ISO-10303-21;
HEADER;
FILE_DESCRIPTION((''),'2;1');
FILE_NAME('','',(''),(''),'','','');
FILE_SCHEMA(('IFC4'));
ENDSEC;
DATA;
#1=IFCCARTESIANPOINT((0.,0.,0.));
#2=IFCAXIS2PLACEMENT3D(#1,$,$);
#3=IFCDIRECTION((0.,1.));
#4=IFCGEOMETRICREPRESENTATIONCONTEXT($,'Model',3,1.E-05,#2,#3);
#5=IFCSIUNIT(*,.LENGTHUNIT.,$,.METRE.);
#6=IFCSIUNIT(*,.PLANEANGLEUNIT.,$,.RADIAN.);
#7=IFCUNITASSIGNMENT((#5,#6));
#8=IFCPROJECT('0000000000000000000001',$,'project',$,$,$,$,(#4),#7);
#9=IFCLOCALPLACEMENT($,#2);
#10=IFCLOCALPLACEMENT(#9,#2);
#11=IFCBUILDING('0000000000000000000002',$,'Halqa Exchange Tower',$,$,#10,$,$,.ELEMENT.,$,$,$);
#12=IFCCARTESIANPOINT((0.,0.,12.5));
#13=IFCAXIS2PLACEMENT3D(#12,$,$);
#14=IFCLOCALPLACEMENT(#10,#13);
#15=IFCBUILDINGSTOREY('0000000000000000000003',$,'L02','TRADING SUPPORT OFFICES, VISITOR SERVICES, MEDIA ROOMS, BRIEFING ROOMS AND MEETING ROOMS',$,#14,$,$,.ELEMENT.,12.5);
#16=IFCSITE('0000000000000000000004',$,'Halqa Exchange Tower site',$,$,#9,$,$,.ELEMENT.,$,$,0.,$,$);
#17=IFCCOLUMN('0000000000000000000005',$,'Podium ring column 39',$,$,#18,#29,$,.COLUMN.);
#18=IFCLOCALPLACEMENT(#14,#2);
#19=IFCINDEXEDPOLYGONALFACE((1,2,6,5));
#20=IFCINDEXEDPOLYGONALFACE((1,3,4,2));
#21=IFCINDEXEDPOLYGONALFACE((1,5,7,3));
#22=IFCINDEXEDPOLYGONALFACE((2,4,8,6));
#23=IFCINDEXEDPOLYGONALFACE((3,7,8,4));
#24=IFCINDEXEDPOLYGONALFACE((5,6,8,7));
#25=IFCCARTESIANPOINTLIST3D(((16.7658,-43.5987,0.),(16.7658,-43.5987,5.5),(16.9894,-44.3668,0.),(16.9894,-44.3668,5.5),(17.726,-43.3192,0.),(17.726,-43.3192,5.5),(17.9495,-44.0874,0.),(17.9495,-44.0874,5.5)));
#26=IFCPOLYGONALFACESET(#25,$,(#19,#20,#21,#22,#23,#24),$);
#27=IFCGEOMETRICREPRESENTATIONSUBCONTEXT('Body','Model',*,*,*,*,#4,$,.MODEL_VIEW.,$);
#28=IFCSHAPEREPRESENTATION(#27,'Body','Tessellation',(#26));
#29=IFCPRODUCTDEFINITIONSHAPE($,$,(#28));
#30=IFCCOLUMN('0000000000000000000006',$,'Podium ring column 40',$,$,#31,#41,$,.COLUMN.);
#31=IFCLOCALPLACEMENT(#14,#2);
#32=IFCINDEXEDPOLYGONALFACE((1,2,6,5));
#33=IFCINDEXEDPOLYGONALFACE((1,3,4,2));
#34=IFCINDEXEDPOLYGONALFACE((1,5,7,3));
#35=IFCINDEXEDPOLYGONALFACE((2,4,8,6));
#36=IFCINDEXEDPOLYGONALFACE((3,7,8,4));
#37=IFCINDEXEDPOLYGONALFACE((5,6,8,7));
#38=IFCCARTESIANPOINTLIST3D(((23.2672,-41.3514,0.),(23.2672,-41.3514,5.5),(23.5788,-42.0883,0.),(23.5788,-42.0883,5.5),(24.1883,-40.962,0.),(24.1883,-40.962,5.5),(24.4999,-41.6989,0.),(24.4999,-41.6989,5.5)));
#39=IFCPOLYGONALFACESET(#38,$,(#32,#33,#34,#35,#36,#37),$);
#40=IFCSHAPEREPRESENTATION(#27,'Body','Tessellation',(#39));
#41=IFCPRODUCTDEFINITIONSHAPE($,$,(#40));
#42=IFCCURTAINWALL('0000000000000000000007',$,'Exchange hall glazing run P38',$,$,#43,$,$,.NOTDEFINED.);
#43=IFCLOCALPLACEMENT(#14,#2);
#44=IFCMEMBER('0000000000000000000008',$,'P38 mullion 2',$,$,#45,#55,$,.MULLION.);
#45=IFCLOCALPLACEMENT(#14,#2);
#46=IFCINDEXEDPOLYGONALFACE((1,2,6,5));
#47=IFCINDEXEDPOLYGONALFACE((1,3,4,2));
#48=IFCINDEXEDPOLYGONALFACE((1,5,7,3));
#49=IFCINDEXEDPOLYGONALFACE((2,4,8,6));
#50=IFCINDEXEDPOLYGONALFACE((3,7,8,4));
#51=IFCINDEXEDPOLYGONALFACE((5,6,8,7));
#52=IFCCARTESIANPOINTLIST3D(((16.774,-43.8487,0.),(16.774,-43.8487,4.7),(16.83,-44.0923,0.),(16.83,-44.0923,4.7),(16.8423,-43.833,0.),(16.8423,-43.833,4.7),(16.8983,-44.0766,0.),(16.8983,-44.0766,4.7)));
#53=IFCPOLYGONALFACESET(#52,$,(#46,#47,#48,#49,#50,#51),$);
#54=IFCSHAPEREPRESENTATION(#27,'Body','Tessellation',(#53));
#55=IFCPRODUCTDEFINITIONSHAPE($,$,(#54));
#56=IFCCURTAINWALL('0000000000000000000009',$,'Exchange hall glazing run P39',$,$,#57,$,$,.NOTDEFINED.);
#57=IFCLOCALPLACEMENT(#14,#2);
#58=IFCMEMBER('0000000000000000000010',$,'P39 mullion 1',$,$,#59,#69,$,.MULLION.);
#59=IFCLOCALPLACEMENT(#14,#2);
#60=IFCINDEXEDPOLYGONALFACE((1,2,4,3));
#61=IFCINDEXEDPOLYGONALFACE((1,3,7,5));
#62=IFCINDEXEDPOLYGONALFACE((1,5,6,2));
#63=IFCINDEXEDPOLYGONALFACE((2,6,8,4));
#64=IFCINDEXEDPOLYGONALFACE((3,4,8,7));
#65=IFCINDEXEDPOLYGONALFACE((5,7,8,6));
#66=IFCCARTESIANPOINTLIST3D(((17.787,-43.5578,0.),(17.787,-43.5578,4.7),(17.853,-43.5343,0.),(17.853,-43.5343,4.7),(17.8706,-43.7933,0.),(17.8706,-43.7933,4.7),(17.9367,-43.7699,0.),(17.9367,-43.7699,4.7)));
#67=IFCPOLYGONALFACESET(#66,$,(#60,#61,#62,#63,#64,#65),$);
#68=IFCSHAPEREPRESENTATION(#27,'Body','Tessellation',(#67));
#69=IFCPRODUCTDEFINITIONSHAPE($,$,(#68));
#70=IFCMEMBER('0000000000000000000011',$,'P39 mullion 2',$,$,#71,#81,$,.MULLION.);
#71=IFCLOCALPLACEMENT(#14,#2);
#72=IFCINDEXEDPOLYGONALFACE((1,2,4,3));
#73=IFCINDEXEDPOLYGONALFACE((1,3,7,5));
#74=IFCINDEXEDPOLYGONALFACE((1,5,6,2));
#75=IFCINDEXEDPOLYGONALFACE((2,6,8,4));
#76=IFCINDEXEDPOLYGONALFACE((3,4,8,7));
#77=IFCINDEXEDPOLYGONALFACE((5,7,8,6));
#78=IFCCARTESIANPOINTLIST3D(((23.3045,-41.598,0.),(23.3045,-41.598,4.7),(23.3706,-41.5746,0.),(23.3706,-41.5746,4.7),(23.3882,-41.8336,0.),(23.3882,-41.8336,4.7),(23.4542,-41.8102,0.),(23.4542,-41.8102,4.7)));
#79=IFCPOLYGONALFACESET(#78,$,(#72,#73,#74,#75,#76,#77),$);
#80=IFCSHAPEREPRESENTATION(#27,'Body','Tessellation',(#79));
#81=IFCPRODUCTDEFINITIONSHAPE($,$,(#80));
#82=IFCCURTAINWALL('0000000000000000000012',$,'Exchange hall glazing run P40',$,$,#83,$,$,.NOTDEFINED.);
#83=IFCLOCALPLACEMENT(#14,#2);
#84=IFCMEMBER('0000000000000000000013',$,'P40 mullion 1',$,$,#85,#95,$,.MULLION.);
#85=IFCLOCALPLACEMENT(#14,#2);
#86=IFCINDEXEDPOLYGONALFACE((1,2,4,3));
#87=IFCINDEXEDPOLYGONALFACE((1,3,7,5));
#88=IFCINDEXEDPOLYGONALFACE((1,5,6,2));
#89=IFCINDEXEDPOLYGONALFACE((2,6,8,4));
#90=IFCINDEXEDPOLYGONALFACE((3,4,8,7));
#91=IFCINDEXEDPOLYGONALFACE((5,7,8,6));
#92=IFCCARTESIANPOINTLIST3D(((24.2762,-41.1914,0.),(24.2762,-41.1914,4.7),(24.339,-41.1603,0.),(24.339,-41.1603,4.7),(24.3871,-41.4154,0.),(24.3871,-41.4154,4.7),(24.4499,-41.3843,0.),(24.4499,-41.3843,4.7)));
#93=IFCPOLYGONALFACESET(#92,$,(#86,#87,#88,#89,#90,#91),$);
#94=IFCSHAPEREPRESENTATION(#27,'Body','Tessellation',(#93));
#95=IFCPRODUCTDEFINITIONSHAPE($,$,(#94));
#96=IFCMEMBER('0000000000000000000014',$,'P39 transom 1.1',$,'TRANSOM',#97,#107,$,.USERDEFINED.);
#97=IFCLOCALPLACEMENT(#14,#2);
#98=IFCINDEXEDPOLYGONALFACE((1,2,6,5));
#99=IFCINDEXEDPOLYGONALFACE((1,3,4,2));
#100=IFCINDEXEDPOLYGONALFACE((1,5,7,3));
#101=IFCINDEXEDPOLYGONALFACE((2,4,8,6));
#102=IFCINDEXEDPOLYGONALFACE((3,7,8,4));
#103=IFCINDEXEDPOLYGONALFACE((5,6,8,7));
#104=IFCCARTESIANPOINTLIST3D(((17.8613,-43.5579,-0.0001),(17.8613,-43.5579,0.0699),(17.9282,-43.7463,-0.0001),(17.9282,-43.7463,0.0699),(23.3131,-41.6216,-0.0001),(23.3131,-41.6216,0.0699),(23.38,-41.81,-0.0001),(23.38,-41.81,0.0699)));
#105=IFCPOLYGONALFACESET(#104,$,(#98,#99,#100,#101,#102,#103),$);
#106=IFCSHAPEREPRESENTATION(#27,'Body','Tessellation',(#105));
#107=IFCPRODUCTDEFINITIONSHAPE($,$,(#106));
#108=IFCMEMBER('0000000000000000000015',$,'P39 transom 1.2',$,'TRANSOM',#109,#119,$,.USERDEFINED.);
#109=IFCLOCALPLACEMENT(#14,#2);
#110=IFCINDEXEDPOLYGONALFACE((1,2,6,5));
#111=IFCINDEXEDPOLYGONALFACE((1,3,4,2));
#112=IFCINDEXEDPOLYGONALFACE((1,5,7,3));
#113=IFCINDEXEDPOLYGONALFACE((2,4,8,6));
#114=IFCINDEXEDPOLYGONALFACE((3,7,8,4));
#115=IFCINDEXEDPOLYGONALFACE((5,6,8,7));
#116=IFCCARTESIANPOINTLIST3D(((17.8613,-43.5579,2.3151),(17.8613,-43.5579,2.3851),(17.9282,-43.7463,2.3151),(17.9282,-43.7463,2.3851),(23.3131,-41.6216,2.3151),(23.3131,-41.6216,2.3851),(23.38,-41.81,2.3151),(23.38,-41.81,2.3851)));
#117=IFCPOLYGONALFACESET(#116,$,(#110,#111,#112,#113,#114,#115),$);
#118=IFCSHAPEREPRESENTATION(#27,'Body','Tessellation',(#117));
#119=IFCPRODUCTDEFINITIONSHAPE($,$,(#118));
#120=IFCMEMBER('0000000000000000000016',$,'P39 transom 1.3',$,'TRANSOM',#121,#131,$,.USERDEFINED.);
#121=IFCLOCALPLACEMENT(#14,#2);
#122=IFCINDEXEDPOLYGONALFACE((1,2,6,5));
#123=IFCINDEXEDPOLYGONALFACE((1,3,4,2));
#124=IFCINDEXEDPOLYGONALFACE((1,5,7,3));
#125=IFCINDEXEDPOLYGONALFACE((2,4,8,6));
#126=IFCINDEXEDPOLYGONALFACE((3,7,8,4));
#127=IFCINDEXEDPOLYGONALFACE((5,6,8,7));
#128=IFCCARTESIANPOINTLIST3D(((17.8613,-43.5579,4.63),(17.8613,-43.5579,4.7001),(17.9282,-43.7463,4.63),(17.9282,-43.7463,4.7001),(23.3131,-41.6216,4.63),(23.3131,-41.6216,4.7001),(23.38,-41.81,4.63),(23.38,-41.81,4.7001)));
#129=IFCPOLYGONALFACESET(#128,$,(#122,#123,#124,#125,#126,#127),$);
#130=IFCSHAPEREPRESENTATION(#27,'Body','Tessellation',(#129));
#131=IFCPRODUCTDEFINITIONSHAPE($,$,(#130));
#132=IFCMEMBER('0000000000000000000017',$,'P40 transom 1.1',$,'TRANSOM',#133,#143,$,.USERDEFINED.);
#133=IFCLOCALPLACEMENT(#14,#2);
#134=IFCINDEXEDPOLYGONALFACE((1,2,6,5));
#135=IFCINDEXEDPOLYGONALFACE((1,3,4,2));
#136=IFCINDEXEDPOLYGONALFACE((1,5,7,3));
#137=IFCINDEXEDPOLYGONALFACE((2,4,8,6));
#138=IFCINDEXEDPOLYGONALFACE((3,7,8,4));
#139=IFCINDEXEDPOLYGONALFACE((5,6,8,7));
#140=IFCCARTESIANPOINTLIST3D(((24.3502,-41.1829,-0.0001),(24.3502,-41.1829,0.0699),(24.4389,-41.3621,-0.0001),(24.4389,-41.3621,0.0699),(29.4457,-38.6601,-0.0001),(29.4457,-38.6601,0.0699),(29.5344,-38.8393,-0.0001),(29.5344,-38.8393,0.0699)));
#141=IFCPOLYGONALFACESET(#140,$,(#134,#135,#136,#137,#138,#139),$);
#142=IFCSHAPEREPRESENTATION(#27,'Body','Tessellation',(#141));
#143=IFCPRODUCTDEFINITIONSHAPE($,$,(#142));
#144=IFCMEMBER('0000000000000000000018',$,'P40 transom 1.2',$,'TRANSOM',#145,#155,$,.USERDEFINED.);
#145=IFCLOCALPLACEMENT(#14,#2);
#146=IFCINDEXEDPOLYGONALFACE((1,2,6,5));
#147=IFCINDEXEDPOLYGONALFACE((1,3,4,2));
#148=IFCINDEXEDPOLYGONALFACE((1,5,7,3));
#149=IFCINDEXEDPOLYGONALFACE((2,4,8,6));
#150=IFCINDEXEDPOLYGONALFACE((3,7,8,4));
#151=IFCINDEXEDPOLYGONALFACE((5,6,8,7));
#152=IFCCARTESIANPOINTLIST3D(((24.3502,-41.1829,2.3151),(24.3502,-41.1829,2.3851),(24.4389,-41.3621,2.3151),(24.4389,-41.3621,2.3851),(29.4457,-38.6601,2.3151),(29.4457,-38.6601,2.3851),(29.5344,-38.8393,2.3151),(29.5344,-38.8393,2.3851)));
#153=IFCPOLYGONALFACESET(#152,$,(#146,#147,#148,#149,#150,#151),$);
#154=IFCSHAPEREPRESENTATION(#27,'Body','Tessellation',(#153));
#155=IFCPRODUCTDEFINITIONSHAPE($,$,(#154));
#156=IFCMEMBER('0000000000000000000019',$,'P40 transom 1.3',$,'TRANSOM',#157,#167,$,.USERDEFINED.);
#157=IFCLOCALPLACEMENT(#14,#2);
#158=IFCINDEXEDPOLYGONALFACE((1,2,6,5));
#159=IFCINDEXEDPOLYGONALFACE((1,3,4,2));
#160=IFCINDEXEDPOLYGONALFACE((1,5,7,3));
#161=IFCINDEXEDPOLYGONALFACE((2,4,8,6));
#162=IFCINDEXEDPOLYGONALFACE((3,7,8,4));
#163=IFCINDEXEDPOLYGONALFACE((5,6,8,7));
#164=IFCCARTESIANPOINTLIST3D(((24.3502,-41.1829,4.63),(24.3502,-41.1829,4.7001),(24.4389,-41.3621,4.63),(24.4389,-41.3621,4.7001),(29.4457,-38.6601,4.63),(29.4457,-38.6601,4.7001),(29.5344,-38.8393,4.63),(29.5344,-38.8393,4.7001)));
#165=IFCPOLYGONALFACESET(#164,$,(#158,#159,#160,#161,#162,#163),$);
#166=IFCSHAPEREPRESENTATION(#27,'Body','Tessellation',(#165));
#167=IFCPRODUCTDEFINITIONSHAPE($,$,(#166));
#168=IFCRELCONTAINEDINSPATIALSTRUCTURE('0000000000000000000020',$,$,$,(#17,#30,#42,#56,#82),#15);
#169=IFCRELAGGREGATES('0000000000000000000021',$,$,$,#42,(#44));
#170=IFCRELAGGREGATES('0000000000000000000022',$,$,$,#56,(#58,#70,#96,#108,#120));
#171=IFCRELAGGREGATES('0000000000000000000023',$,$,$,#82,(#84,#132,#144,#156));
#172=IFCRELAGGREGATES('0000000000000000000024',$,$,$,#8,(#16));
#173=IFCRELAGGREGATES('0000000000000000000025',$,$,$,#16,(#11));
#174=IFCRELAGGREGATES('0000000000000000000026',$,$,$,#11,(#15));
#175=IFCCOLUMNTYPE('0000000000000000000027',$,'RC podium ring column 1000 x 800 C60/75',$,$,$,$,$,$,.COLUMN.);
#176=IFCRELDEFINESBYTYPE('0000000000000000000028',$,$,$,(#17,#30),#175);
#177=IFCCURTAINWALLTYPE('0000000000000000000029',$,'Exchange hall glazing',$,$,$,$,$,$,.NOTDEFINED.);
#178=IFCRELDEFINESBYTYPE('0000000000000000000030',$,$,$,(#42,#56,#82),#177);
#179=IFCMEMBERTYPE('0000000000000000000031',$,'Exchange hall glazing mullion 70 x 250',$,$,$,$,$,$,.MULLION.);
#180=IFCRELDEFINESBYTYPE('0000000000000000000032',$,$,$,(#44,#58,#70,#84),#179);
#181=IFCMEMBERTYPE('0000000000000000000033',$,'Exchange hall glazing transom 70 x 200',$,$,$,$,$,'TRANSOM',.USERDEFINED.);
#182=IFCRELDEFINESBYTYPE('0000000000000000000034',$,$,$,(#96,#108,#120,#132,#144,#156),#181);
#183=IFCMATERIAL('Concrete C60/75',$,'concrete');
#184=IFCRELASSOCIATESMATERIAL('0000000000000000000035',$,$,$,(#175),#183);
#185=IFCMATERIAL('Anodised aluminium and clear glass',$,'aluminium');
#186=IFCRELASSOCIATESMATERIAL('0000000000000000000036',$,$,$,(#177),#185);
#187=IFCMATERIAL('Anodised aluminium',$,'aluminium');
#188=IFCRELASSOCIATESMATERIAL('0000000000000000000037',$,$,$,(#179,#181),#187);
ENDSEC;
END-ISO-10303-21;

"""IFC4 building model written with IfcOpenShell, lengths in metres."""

from ifc_helpers import new_model, si_unit, direction, frame, origin, origin_2d, place, context, subcontext, project, spatial, rectangle, extrude, material, material_profile, profile_set, type_object, element, aggregate, save


model = new_model("IFC4")

# Units and contexts
model_context = context("Model", 3, precision=1e-05, world=origin(), true_north=direction((0.0, 1.0)))
body_context = subcontext(model_context, "Body", "Model", "MODEL_VIEW")
ifc_project = project(units=[si_unit("LENGTHUNIT", "METRE"), si_unit("PLANEANGLEUNIT", "RADIAN")], contexts=[model_context])

# Site, building, storey
site_placement = place(None, origin())
site = spatial("IfcSite", under=ifc_project, at=site_placement, Name="Halqa Exchange Tower site", CompositionType="ELEMENT", RefElevation=0.0)
building_placement = place(site_placement, origin())
building = spatial("IfcBuilding", under=site, at=building_placement, Name="Halqa Exchange Tower", CompositionType="ELEMENT")
storey_placement = place(building_placement, frame((0.0, 0.0, 12.5)))
storey = spatial("IfcBuildingStorey", under=building, at=storey_placement, Name="L02", Description="TRADING SUPPORT OFFICES, VISITOR SERVICES, MEDIA ROOMS, BRIEFING ROOMS AND MEETING ROOMS", CompositionType="ELEMENT", Elevation=12.5)

# Columns
ifc_material_1 = material(Name="Concrete C60/75", Category="concrete")
ifc_material_profile_1 = material_profile(ifc_material_1, rectangle(XDim=1.0, YDim=0.8, at=origin_2d()), Name="1000 x 800")
ifc_profile_set_1 = profile_set([ifc_material_profile_1], Name="Concrete C60/75")
column_type = type_object("IfcColumnType", Name="RC podium ring column 1000 x 800 C60/75", PredefinedType="COLUMN", material=ifc_profile_set_1)
for number, where, z_axis, x_axis, name in (
    (1, (17.3577, -43.843, 0.0), (0.0, 0.0, 1.0), (0.960158, 0.279459, 0.0), "Podium ring column 39"),
    (2, (23.8835, -41.5251, 0.0), (0.0, 0.0, 1.0), (0.921048, 0.389449, 0.0), "Podium ring column 40"),
):
    element("IfcColumn", number, at=place(storey_placement, frame(where, z_axis=z_axis, x_axis=x_axis)), inside=storey, type_object=column_type, Name=name, PredefinedType="COLUMN", context=body_context, shape_type="SweptSolid", body=[
        extrude(rectangle(XDim=1.0, YDim=0.8, at=origin_2d()), origin(), (0.0, 0.0, 1.0), 5.5),
    ])

# Curtain wall, member
ifc_material_2 = material(Name="Anodised aluminium and clear glass", Category="aluminium")
curtain_wall_type = type_object("IfcCurtainWallType", Name="Exchange hall glazing", PredefinedType="NOTDEFINED", material=ifc_material_2)
curtain_wall_1_placement = place(storey_placement, origin())
curtain_wall_1 = element("IfcCurtainWall", 3, at=curtain_wall_1_placement, inside=storey, type_object=curtain_wall_type, Name="Exchange hall glazing run P38", PredefinedType="NOTDEFINED")
ifc_material_3 = material(Name="Anodised aluminium", Category="aluminium")
ifc_material_profile_2 = material_profile(ifc_material_3, rectangle(XDim=0.25, YDim=0.0701, at=origin_2d()), Name="AL 70x250")
ifc_profile_set_2 = profile_set([ifc_material_profile_2], Name="Anodised aluminium")
member_type_1 = type_object("IfcMemberType", Name="Exchange hall glazing mullion 70 x 250", PredefinedType="MULLION", material=ifc_profile_set_2)
member_1_placement = place(storey_placement, frame((16.8362, -43.9626, 0.0), z_axis=(0.0, 0.0, 1.0), x_axis=(-0.223897, 0.974613, 0.0)))
member_1 = element("IfcMember", 4, at=member_1_placement, type_object=member_type_1, Name="P38 mullion 2", PredefinedType="MULLION", context=body_context, shape_type="SweptSolid", body=[
    extrude(rectangle(XDim=0.25, YDim=0.0701, at=origin_2d()), origin(), (0.0, 0.0, 1.0), 4.7),
])

# Curtain wall, members
curtain_wall_2_placement = place(storey_placement, origin())
curtain_wall_2 = element("IfcCurtainWall", 5, at=curtain_wall_2_placement, inside=storey, type_object=curtain_wall_type, Name="Exchange hall glazing run P39", PredefinedType="NOTDEFINED")
member_2_placement = place(storey_placement, frame((17.8618, -43.6638, 0.0), z_axis=(0.0, 0.0, 1.0), x_axis=(-0.334688, 0.942329, 0.0)))
member_2 = element("IfcMember", 6, at=member_2_placement, type_object=member_type_1, Name="P39 mullion 1", PredefinedType="MULLION", context=body_context, shape_type="SweptSolid", body=[
    extrude(rectangle(XDim=0.25, YDim=0.0701, at=origin_2d()), origin(), (0.0, 0.0, 1.0), 4.7),
])
member_3_placement = place(storey_placement, frame((23.3794, -41.7041, 0.0), z_axis=(0.0, 0.0, 1.0), x_axis=(-0.334688, 0.942329, 0.0)))
member_3 = element("IfcMember", 7, at=member_3_placement, type_object=member_type_1, Name="P39 mullion 2", PredefinedType="MULLION", context=body_context, shape_type="SweptSolid", body=[
    extrude(rectangle(XDim=0.25, YDim=0.0701, at=origin_2d()), origin(), (0.0, 0.0, 1.0), 4.7),
])

# Curtain wall, member
curtain_wall_3_placement = place(storey_placement, origin())
curtain_wall_3 = element("IfcCurtainWall", 8, at=curtain_wall_3_placement, inside=storey, type_object=curtain_wall_type, Name="Exchange hall glazing run P40", PredefinedType="NOTDEFINED")
member_4_placement = place(storey_placement, frame((24.363, -41.2878, 0.0), z_axis=(0.0, 0.0, 1.0), x_axis=(-0.443653, 0.896198, 0.0)))
member_4 = element("IfcMember", 9, at=member_4_placement, type_object=member_type_1, Name="P40 mullion 1", PredefinedType="MULLION", context=body_context, shape_type="SweptSolid", body=[
    extrude(rectangle(XDim=0.25, YDim=0.0701, at=origin_2d()), origin(), (0.0, 0.0, 1.0), 4.7),
])

# Members
ifc_material_profile_3 = material_profile(ifc_material_3, rectangle(XDim=0.2, YDim=0.0701, at=origin_2d()), Name="AL 70x200")
ifc_profile_set_3 = profile_set([ifc_material_profile_3], Name="Anodised aluminium")
member_type_2 = type_object("IfcMemberType", Name="Exchange hall glazing transom 70 x 200", ElementType="TRANSOM", PredefinedType="USERDEFINED", material=ifc_profile_set_3)
member_5_placement = place(storey_placement, frame((17.8948, -43.6521, 0.0349), z_axis=(0.942329, 0.334689, 0.0), x_axis=(-0.334689, 0.942329, 0.0)))
member_5 = element("IfcMember", 10, at=member_5_placement, type_object=member_type_2, Name="P39 transom 1.1", ObjectType="TRANSOM", PredefinedType="USERDEFINED", context=body_context, shape_type="SweptSolid", body=[
    extrude(rectangle(XDim=0.2, YDim=0.0701, at=origin_2d()), origin(), (0.0, 0.0, 1.0), 5.7854),
])
member_6_placement = place(storey_placement, frame((17.8948, -43.6521, 2.3501), z_axis=(0.942329, 0.334689, 0.0), x_axis=(-0.334689, 0.942329, 0.0)))
member_6 = element("IfcMember", 11, at=member_6_placement, type_object=member_type_2, Name="P39 transom 1.2", ObjectType="TRANSOM", PredefinedType="USERDEFINED", context=body_context, shape_type="SweptSolid", body=[
    extrude(rectangle(XDim=0.2, YDim=0.0701, at=origin_2d()), origin(), (0.0, 0.0, 1.0), 5.7854),
])
member_7_placement = place(storey_placement, frame((17.8948, -43.6521, 4.665), z_axis=(0.942329, 0.334689, 0.0), x_axis=(-0.334689, 0.942329, 0.0)))
member_7 = element("IfcMember", 12, at=member_7_placement, type_object=member_type_2, Name="P39 transom 1.3", ObjectType="TRANSOM", PredefinedType="USERDEFINED", context=body_context, shape_type="SweptSolid", body=[
    extrude(rectangle(XDim=0.2, YDim=0.0701, at=origin_2d()), origin(), (0.0, 0.0, 1.0), 5.7854),
])
member_8_placement = place(storey_placement, frame((24.3945, -41.2725, 0.0349), z_axis=(0.896181, 0.443689, 0.0), x_axis=(-0.443689, 0.896181, 0.0)))
member_8 = element("IfcMember", 13, at=member_8_placement, type_object=member_type_2, Name="P40 transom 1.1", ObjectType="TRANSOM", PredefinedType="USERDEFINED", context=body_context, shape_type="SweptSolid", body=[
    extrude(rectangle(XDim=0.2, YDim=0.0701, at=origin_2d()), origin(), (0.0, 0.0, 1.0), 5.6858),
])
member_9_placement = place(storey_placement, frame((24.3945, -41.2725, 2.3501), z_axis=(0.896181, 0.443689, 0.0), x_axis=(-0.443689, 0.896181, 0.0)))
member_9 = element("IfcMember", 14, at=member_9_placement, type_object=member_type_2, Name="P40 transom 1.2", ObjectType="TRANSOM", PredefinedType="USERDEFINED", context=body_context, shape_type="SweptSolid", body=[
    extrude(rectangle(XDim=0.2, YDim=0.0701, at=origin_2d()), origin(), (0.0, 0.0, 1.0), 5.6858),
])
member_10_placement = place(storey_placement, frame((24.3945, -41.2725, 4.665), z_axis=(0.896181, 0.443689, 0.0), x_axis=(-0.443689, 0.896181, 0.0)))
member_10 = element("IfcMember", 15, at=member_10_placement, type_object=member_type_2, Name="P40 transom 1.3", ObjectType="TRANSOM", PredefinedType="USERDEFINED", context=body_context, shape_type="SweptSolid", body=[
    extrude(rectangle(XDim=0.2, YDim=0.0701, at=origin_2d()), origin(), (0.0, 0.0, 1.0), 5.6858),
])

aggregate(curtain_wall_1, [member_1])
aggregate(curtain_wall_2, [member_2, member_3, member_5, member_6, member_7])
aggregate(curtain_wall_3, [member_4, member_8, member_9, member_10])

save(model, "model.ifc")
